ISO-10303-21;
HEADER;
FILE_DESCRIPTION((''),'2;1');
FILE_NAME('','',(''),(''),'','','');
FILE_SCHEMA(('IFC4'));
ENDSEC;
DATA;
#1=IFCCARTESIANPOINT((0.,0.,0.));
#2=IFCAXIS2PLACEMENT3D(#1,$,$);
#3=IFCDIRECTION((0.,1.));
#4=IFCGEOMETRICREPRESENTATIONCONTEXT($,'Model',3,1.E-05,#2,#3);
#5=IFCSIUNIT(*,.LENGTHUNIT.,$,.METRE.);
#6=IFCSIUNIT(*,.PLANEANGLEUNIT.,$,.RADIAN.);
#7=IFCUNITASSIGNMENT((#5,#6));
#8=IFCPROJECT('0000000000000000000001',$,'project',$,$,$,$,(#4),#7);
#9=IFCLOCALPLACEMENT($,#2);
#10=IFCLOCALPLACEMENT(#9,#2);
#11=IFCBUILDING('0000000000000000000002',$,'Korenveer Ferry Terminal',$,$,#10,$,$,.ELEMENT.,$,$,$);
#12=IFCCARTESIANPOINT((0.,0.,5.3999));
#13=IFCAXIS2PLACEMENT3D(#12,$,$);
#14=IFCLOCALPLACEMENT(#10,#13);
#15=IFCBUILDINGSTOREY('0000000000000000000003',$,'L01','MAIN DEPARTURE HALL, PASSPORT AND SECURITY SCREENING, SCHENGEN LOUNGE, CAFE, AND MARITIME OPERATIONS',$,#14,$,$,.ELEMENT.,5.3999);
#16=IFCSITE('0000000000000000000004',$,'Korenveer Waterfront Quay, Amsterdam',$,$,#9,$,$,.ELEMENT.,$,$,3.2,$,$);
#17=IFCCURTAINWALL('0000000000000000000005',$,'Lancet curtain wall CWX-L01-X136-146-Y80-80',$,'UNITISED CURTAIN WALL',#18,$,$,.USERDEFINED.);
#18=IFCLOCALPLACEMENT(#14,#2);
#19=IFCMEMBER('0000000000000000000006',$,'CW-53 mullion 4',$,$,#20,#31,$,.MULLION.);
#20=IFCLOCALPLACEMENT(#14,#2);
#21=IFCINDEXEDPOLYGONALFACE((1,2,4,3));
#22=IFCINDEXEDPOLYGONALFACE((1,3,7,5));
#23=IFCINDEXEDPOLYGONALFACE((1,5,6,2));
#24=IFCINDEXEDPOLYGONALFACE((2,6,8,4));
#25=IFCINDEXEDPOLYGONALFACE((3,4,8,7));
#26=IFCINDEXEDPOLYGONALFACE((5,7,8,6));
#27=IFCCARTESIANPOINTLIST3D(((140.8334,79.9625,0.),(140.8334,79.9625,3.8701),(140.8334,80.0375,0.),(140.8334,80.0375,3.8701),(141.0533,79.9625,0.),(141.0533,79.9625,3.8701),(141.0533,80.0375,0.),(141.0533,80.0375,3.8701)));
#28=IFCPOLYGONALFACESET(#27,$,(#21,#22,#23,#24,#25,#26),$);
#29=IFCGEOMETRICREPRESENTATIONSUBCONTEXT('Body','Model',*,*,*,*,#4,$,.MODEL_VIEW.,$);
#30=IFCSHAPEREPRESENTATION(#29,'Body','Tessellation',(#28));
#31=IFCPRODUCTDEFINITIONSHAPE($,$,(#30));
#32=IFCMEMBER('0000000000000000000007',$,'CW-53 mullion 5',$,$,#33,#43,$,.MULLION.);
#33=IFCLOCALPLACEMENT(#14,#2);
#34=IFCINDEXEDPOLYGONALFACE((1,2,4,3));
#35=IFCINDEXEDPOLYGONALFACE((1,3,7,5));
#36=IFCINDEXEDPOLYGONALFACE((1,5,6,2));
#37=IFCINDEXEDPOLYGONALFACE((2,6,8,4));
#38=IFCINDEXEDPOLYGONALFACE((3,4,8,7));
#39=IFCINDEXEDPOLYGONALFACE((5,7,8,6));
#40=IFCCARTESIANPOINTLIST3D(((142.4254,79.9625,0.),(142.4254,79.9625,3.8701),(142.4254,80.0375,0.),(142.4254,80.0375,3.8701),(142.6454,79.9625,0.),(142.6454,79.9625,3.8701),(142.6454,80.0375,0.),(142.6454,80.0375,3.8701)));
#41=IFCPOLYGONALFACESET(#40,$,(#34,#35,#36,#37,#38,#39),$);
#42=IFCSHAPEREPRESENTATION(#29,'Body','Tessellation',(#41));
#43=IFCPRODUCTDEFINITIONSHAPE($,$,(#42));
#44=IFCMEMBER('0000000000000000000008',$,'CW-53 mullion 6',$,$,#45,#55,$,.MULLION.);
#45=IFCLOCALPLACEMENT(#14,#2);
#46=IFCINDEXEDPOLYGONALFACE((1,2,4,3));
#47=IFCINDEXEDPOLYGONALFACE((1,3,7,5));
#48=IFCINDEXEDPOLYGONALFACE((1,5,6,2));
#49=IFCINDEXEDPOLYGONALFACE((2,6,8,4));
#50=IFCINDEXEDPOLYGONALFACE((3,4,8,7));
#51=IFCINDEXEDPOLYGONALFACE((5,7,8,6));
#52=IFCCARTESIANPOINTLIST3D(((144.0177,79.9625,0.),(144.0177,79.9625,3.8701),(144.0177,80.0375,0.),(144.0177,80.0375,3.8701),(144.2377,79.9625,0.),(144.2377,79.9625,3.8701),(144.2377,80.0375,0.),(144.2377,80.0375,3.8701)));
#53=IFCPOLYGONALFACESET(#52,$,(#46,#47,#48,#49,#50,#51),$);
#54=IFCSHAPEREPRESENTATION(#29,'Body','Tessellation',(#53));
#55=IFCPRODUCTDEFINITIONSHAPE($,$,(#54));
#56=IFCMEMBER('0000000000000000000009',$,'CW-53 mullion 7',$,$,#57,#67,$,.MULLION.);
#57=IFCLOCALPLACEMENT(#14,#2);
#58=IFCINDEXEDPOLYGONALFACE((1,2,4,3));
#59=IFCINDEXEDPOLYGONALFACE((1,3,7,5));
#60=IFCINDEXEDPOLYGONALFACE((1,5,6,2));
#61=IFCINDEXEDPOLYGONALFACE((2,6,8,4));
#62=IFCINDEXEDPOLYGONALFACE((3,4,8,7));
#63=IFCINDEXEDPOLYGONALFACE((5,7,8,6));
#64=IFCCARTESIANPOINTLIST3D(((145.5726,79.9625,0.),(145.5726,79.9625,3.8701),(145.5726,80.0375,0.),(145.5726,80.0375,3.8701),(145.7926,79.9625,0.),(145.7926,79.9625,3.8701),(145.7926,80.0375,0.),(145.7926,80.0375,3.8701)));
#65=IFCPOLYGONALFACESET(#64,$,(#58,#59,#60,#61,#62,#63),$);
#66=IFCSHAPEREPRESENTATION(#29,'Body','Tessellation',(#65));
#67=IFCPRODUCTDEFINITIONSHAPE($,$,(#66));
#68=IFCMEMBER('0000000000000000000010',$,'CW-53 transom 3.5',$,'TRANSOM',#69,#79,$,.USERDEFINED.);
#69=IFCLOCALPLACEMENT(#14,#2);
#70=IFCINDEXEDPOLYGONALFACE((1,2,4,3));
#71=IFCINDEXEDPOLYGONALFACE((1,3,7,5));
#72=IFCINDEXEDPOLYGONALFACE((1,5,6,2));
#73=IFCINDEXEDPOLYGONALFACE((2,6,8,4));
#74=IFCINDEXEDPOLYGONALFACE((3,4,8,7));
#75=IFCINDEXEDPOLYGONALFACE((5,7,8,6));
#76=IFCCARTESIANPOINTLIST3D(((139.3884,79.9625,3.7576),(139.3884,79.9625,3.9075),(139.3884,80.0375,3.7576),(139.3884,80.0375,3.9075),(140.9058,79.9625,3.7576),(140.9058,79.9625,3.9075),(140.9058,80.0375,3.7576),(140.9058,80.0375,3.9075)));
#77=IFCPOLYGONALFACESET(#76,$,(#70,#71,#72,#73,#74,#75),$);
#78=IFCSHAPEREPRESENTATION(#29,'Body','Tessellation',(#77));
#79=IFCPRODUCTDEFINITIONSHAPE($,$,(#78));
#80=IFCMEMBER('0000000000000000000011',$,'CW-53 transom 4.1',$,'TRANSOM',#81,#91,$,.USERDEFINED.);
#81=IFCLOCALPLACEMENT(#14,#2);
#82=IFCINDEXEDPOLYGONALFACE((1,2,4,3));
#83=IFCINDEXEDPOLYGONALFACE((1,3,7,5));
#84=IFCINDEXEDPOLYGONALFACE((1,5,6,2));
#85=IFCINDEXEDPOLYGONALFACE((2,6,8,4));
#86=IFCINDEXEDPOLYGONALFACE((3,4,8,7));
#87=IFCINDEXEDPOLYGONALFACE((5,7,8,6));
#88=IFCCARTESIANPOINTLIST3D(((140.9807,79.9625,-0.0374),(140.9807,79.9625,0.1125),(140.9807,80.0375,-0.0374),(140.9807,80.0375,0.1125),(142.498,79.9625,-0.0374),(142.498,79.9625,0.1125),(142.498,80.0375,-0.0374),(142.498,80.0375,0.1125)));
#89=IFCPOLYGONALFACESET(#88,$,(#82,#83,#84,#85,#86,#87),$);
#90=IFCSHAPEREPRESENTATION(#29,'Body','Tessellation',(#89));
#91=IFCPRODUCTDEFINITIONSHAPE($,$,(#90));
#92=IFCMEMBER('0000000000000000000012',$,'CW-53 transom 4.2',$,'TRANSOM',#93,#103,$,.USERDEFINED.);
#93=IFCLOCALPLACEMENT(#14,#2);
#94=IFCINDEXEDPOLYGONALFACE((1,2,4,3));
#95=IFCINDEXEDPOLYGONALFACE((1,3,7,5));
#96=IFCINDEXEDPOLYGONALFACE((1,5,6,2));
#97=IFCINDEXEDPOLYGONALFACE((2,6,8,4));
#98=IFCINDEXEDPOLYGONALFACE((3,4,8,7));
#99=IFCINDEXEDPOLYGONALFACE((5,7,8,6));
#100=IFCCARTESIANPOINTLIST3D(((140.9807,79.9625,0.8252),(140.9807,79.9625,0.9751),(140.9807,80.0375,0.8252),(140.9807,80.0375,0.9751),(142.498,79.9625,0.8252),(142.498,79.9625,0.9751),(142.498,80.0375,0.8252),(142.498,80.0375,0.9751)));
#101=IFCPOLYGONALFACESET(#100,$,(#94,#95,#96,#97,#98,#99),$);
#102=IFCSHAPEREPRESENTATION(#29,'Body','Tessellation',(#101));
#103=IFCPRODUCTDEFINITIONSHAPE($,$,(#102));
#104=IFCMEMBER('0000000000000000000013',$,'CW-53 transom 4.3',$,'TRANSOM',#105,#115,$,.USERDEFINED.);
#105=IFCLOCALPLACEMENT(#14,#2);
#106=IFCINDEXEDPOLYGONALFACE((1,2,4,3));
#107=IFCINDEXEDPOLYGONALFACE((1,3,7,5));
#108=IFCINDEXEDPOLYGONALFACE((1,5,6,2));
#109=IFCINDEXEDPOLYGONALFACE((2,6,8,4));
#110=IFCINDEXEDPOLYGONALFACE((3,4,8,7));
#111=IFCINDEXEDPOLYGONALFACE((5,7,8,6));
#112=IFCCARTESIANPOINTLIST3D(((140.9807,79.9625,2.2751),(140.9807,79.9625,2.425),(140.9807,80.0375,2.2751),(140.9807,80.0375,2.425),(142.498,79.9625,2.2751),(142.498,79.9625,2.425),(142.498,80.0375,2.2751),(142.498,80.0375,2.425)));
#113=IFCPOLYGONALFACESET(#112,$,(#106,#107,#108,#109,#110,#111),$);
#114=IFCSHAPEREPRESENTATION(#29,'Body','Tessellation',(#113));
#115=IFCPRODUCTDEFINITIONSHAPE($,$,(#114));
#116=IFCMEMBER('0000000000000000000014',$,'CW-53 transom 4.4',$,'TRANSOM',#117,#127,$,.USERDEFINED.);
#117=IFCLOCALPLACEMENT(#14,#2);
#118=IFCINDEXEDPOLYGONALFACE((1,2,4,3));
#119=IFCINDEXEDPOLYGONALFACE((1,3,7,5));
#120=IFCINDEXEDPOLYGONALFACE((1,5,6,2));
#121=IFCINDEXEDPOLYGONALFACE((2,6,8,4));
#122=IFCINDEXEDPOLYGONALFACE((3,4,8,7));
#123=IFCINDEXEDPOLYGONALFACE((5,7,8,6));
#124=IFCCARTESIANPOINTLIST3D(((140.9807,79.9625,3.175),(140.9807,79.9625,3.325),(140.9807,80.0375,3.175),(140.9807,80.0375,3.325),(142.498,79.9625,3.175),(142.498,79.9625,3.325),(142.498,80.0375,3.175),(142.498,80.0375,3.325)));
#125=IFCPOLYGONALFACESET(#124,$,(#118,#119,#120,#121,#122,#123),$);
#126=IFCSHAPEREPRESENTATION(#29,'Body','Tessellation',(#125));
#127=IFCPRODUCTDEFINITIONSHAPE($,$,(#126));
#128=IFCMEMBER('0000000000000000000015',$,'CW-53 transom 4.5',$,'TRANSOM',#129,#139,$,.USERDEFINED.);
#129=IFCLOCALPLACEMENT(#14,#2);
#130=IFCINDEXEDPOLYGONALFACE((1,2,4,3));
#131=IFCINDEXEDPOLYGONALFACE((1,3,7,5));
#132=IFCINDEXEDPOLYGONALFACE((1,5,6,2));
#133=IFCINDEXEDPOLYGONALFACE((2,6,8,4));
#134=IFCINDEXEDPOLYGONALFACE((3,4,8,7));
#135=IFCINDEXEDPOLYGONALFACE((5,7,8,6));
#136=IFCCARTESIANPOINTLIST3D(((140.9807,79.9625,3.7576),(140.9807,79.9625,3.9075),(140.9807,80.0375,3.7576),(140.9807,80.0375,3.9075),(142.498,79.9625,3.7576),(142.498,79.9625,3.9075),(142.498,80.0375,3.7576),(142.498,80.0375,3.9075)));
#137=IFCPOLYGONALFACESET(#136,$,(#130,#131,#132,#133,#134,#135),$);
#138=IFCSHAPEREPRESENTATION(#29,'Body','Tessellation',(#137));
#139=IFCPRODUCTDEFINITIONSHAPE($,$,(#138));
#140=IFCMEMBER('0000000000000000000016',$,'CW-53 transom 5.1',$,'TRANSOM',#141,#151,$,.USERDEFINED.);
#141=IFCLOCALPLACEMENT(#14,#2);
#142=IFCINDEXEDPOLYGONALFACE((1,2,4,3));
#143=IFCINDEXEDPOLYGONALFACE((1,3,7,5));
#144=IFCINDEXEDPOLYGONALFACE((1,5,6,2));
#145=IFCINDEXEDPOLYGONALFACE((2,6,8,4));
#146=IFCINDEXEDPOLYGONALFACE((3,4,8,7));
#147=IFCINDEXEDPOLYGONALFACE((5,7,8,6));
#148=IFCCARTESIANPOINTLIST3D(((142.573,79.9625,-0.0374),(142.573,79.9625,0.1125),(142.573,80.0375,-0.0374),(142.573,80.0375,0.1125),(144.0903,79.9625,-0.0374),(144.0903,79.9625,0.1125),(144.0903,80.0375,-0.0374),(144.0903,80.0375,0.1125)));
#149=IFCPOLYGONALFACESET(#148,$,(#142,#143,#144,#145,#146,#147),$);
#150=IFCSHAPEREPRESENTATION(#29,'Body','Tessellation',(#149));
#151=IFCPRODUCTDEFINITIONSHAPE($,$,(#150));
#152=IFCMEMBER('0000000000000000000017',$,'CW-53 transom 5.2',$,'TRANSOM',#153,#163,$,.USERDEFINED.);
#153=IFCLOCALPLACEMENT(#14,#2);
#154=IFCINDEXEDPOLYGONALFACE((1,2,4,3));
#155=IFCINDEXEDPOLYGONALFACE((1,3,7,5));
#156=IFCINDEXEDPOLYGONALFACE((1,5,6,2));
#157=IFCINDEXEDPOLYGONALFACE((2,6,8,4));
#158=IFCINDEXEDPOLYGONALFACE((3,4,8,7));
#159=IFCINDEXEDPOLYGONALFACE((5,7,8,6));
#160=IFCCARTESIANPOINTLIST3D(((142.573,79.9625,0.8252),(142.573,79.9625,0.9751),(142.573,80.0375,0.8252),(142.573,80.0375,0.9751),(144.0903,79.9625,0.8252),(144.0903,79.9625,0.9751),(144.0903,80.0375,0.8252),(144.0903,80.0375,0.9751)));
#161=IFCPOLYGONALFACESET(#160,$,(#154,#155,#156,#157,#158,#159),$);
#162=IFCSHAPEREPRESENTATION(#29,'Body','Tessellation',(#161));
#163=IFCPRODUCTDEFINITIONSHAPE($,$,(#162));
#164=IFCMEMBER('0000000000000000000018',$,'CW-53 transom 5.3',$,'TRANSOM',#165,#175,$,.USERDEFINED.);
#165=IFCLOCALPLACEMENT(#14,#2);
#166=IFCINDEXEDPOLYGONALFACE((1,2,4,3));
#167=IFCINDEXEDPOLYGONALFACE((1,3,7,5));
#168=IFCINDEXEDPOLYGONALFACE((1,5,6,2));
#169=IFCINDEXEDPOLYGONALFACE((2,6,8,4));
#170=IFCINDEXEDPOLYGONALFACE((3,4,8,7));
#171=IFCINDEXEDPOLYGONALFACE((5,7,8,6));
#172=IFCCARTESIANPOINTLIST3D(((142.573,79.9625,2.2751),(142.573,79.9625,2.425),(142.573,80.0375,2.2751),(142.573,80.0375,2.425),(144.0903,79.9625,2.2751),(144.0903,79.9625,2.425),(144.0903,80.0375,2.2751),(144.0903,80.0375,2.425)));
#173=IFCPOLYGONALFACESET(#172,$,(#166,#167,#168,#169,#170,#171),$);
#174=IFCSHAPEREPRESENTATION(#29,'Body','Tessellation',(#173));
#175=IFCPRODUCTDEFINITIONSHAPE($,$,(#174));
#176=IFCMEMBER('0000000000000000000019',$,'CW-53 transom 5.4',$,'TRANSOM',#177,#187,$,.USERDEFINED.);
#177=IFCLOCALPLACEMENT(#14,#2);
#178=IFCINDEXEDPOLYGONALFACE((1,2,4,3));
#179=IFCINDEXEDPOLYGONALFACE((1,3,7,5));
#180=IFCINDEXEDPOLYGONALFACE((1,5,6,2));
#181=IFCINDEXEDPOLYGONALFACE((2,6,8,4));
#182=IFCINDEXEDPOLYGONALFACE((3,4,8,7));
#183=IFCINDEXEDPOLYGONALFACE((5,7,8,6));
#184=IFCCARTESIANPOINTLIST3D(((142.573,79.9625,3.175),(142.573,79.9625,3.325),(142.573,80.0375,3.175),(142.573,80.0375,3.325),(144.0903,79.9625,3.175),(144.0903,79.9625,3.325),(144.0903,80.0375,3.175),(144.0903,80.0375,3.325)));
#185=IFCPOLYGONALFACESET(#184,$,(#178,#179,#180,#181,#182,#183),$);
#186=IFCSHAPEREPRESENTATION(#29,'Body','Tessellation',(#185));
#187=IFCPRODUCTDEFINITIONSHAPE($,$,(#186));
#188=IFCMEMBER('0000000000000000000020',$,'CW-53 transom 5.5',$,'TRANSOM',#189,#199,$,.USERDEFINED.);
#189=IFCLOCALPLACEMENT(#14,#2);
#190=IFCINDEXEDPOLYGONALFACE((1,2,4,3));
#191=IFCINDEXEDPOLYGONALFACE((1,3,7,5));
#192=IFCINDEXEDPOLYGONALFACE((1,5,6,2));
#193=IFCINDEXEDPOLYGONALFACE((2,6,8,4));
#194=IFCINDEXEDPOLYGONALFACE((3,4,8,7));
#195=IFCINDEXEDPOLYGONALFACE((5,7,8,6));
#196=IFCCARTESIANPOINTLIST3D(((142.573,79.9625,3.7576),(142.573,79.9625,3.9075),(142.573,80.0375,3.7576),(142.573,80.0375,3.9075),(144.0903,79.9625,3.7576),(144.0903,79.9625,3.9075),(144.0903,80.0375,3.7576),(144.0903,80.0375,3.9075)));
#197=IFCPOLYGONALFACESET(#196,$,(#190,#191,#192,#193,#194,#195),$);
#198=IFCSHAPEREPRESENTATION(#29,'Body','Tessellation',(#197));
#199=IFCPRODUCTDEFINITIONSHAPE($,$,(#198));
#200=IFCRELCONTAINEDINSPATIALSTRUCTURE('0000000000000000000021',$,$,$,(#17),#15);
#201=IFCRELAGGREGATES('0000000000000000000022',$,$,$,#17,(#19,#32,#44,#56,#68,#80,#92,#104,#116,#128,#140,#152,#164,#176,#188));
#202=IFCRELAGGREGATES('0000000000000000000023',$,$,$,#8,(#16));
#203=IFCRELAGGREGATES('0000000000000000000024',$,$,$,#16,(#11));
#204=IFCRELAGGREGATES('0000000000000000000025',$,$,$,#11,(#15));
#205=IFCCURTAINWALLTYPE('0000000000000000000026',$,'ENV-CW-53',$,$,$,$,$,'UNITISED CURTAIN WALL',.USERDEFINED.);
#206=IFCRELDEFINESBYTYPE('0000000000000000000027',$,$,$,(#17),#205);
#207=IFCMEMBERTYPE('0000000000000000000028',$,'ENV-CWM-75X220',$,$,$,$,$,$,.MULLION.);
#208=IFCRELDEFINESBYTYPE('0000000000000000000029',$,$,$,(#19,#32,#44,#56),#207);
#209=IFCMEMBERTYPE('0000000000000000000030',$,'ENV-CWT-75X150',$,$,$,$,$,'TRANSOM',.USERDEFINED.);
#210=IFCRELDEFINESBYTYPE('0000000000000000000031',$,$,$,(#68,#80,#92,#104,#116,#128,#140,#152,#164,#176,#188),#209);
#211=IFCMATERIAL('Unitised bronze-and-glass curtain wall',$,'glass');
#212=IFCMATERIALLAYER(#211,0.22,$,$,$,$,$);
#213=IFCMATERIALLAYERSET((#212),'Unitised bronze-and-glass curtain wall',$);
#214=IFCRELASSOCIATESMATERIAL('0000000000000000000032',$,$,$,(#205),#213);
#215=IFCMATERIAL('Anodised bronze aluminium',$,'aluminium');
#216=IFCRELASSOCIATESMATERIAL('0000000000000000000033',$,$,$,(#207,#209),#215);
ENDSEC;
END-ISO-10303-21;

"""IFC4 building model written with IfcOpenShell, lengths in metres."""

from ifc_helpers import new_model, si_unit, direction, frame, origin, origin_2d, place, context, subcontext, project, spatial, rectangle, extrude, material, layer, layer_set, material_profile, profile_set, type_object, element, aggregate, save


model = new_model("IFC4")

# Units and contexts
model_context = context("Model", 3, precision=1e-05, world=origin(), true_north=direction((0.0, 1.0)))
body_context = subcontext(model_context, "Body", "Model", "MODEL_VIEW")
ifc_project = project(units=[si_unit("LENGTHUNIT", "METRE"), si_unit("PLANEANGLEUNIT", "RADIAN")], contexts=[model_context])

# Site, building, storey
site_placement = place(None, origin())
site = spatial("IfcSite", under=ifc_project, at=site_placement, Name="Korenveer Waterfront Quay, Amsterdam", CompositionType="ELEMENT", RefElevation=3.2)
building_placement = place(site_placement, origin())
building = spatial("IfcBuilding", under=site, at=building_placement, Name="Korenveer Ferry Terminal", CompositionType="ELEMENT")
storey_placement = place(building_placement, frame((0.0, 0.0, 5.3999)))
storey = spatial("IfcBuildingStorey", under=building, at=storey_placement, Name="L01", Description="MAIN DEPARTURE HALL, PASSPORT AND SECURITY SCREENING, SCHENGEN LOUNGE, CAFE, AND MARITIME OPERATIONS", CompositionType="ELEMENT", Elevation=5.3999)

# Curtain wall, members
ifc_material_1 = material(Name="Unitised bronze-and-glass curtain wall", Category="glass")
ifc_layer_1 = layer(ifc_material_1, 0.22)
ifc_layer_set_1 = layer_set([ifc_layer_1], Name="Unitised bronze-and-glass curtain wall")
curtain_wall_type = type_object("IfcCurtainWallType", Name="ENV-CW-53", ElementType="UNITISED CURTAIN WALL", PredefinedType="USERDEFINED", material=ifc_layer_set_1)
curtain_wall_placement = place(storey_placement, frame((136.1665, 80.0, 0.0)))
curtain_wall = element("IfcCurtainWall", 1, at=curtain_wall_placement, inside=storey, type_object=curtain_wall_type, Name="Lancet curtain wall CWX-L01-X136-146-Y80-80", ObjectType="UNITISED CURTAIN WALL", PredefinedType="USERDEFINED")
ifc_material_2 = material(Name="Anodised bronze aluminium", Category="aluminium")
ifc_material_profile_1 = material_profile(ifc_material_2, rectangle(XDim=0.075, YDim=0.22, at=origin_2d()), Name="ALU 75x220")
ifc_profile_set_1 = profile_set([ifc_material_profile_1], Name="Anodised bronze aluminium")
member_type_1 = type_object("IfcMemberType", Name="ENV-CWM-75X220", PredefinedType="MULLION", material=ifc_profile_set_1)
member_1_placement = place(storey_placement, frame((140.9434, 80.0, 0.0), z_axis=(0.0, 0.0, 1.0), x_axis=(0.0, 1.0, 0.0)))
member_1 = element("IfcMember", 2, at=member_1_placement, type_object=member_type_1, Name="CW-53 mullion 4", PredefinedType="MULLION", context=body_context, shape_type="SweptSolid", body=[
    extrude(rectangle(XDim=0.075, YDim=0.22, at=origin_2d()), origin(), (0.0, 0.0, 1.0), 3.8701),
])
member_2_placement = place(storey_placement, frame((142.5354, 80.0, 0.0), z_axis=(0.0, 0.0, 1.0), x_axis=(0.0, 1.0, 0.0)))
member_2 = element("IfcMember", 3, at=member_2_placement, type_object=member_type_1, Name="CW-53 mullion 5", PredefinedType="MULLION", context=body_context, shape_type="SweptSolid", body=[
    extrude(rectangle(XDim=0.075, YDim=0.22, at=origin_2d()), origin(), (0.0, 0.0, 1.0), 3.8701),
])
member_3_placement = place(storey_placement, frame((144.1277, 80.0, 0.0), z_axis=(0.0, 0.0, 1.0), x_axis=(0.0, 1.0, 0.0)))
member_3 = element("IfcMember", 4, at=member_3_placement, type_object=member_type_1, Name="CW-53 mullion 6", PredefinedType="MULLION", context=body_context, shape_type="SweptSolid", body=[
    extrude(rectangle(XDim=0.075, YDim=0.22, at=origin_2d()), origin(), (0.0, 0.0, 1.0), 3.8701),
])
member_4_placement = place(storey_placement, frame((145.6826, 80.0, 0.0), z_axis=(0.0, 0.0, 1.0), x_axis=(0.0, 1.0, 0.0)))
member_4 = element("IfcMember", 5, at=member_4_placement, type_object=member_type_1, Name="CW-53 mullion 7", PredefinedType="MULLION", context=body_context, shape_type="SweptSolid", body=[
    extrude(rectangle(XDim=0.075, YDim=0.22, at=origin_2d()), origin(), (0.0, 0.0, 1.0), 3.8701),
])
ifc_material_profile_2 = material_profile(ifc_material_2, rectangle(XDim=0.075, YDim=0.1499, at=origin_2d()), Name="ALU 75x150")
ifc_profile_set_2 = profile_set([ifc_material_profile_2], Name="Anodised bronze aluminium")
member_type_2 = type_object("IfcMemberType", Name="ENV-CWT-75X150", ElementType="TRANSOM", PredefinedType="USERDEFINED", material=ifc_profile_set_2)
member_5_placement = place(storey_placement, frame((139.3884, 80.0, 3.8325), z_axis=(1.0, 0.0, 0.0), x_axis=(0.0, 1.0, 0.0)))
member_5 = element("IfcMember", 6, at=member_5_placement, type_object=member_type_2, Name="CW-53 transom 3.5", ObjectType="TRANSOM", PredefinedType="USERDEFINED", context=body_context, shape_type="SweptSolid", body=[
    extrude(rectangle(XDim=0.075, YDim=0.1499, at=origin_2d()), origin(), (0.0, 0.0, 1.0), 1.5173),
])
member_6_placement = place(storey_placement, frame((140.9807, 80.0, 0.0376), z_axis=(1.0, 0.0, 0.0), x_axis=(0.0, 1.0, 0.0)))
member_6 = element("IfcMember", 7, at=member_6_placement, type_object=member_type_2, Name="CW-53 transom 4.1", ObjectType="TRANSOM", PredefinedType="USERDEFINED", context=body_context, shape_type="SweptSolid", body=[
    extrude(rectangle(XDim=0.075, YDim=0.1499, at=origin_2d()), origin(), (0.0, 0.0, 1.0), 1.5173),
])
member_7_placement = place(storey_placement, frame((140.9807, 80.0, 0.9001), z_axis=(1.0, 0.0, 0.0), x_axis=(0.0, 1.0, 0.0)))
member_7 = element("IfcMember", 8, at=member_7_placement, type_object=member_type_2, Name="CW-53 transom 4.2", ObjectType="TRANSOM", PredefinedType="USERDEFINED", context=body_context, shape_type="SweptSolid", body=[
    extrude(rectangle(XDim=0.075, YDim=0.1499, at=origin_2d()), origin(), (0.0, 0.0, 1.0), 1.5173),
])
member_8_placement = place(storey_placement, frame((140.9807, 80.0, 2.3501), z_axis=(1.0, 0.0, 0.0), x_axis=(0.0, 1.0, 0.0)))
member_8 = element("IfcMember", 9, at=member_8_placement, type_object=member_type_2, Name="CW-53 transom 4.3", ObjectType="TRANSOM", PredefinedType="USERDEFINED", context=body_context, shape_type="SweptSolid", body=[
    extrude(rectangle(XDim=0.075, YDim=0.1499, at=origin_2d()), origin(), (0.0, 0.0, 1.0), 1.5173),
])
member_9_placement = place(storey_placement, frame((140.9807, 80.0, 3.25), z_axis=(1.0, 0.0, 0.0), x_axis=(0.0, 1.0, 0.0)))
member_9 = element("IfcMember", 10, at=member_9_placement, type_object=member_type_2, Name="CW-53 transom 4.4", ObjectType="TRANSOM", PredefinedType="USERDEFINED", context=body_context, shape_type="SweptSolid", body=[
    extrude(rectangle(XDim=0.075, YDim=0.1499, at=origin_2d()), origin(), (0.0, 0.0, 1.0), 1.5173),
])
member_10_placement = place(storey_placement, frame((140.9807, 80.0, 3.8325), z_axis=(1.0, 0.0, 0.0), x_axis=(0.0, 1.0, 0.0)))
member_10 = element("IfcMember", 11, at=member_10_placement, type_object=member_type_2, Name="CW-53 transom 4.5", ObjectType="TRANSOM", PredefinedType="USERDEFINED", context=body_context, shape_type="SweptSolid", body=[
    extrude(rectangle(XDim=0.075, YDim=0.1499, at=origin_2d()), origin(), (0.0, 0.0, 1.0), 1.5173),
])
member_11_placement = place(storey_placement, frame((142.573, 80.0, 0.0376), z_axis=(1.0, 0.0, 0.0), x_axis=(0.0, 1.0, 0.0)))
member_11 = element("IfcMember", 12, at=member_11_placement, type_object=member_type_2, Name="CW-53 transom 5.1", ObjectType="TRANSOM", PredefinedType="USERDEFINED", context=body_context, shape_type="SweptSolid", body=[
    extrude(rectangle(XDim=0.075, YDim=0.1499, at=origin_2d()), origin(), (0.0, 0.0, 1.0), 1.5173),
])
member_12_placement = place(storey_placement, frame((142.573, 80.0, 0.9001), z_axis=(1.0, 0.0, 0.0), x_axis=(0.0, 1.0, 0.0)))
member_12 = element("IfcMember", 13, at=member_12_placement, type_object=member_type_2, Name="CW-53 transom 5.2", ObjectType="TRANSOM", PredefinedType="USERDEFINED", context=body_context, shape_type="SweptSolid", body=[
    extrude(rectangle(XDim=0.075, YDim=0.1499, at=origin_2d()), origin(), (0.0, 0.0, 1.0), 1.5173),
])
member_13_placement = place(storey_placement, frame((142.573, 80.0, 2.3501), z_axis=(1.0, 0.0, 0.0), x_axis=(0.0, 1.0, 0.0)))
member_13 = element("IfcMember", 14, at=member_13_placement, type_object=member_type_2, Name="CW-53 transom 5.3", ObjectType="TRANSOM", PredefinedType="USERDEFINED", context=body_context, shape_type="SweptSolid", body=[
    extrude(rectangle(XDim=0.075, YDim=0.1499, at=origin_2d()), origin(), (0.0, 0.0, 1.0), 1.5173),
])
member_14_placement = place(storey_placement, frame((142.573, 80.0, 3.25), z_axis=(1.0, 0.0, 0.0), x_axis=(0.0, 1.0, 0.0)))
member_14 = element("IfcMember", 15, at=member_14_placement, type_object=member_type_2, Name="CW-53 transom 5.4", ObjectType="TRANSOM", PredefinedType="USERDEFINED", context=body_context, shape_type="SweptSolid", body=[
    extrude(rectangle(XDim=0.075, YDim=0.1499, at=origin_2d()), origin(), (0.0, 0.0, 1.0), 1.5173),
])
member_15_placement = place(storey_placement, frame((142.573, 80.0, 3.8325), z_axis=(1.0, 0.0, 0.0), x_axis=(0.0, 1.0, 0.0)))
member_15 = element("IfcMember", 16, at=member_15_placement, type_object=member_type_2, Name="CW-53 transom 5.5", ObjectType="TRANSOM", PredefinedType="USERDEFINED", context=body_context, shape_type="SweptSolid", body=[
    extrude(rectangle(XDim=0.075, YDim=0.1499, at=origin_2d()), origin(), (0.0, 0.0, 1.0), 1.5173),
])
aggregate(curtain_wall, [member_1, member_2, member_3, member_4, member_5, member_6, member_7, member_8, member_9, member_10, member_11, member_12, member_13, member_14, member_15])

save(model, "model.ifc")
